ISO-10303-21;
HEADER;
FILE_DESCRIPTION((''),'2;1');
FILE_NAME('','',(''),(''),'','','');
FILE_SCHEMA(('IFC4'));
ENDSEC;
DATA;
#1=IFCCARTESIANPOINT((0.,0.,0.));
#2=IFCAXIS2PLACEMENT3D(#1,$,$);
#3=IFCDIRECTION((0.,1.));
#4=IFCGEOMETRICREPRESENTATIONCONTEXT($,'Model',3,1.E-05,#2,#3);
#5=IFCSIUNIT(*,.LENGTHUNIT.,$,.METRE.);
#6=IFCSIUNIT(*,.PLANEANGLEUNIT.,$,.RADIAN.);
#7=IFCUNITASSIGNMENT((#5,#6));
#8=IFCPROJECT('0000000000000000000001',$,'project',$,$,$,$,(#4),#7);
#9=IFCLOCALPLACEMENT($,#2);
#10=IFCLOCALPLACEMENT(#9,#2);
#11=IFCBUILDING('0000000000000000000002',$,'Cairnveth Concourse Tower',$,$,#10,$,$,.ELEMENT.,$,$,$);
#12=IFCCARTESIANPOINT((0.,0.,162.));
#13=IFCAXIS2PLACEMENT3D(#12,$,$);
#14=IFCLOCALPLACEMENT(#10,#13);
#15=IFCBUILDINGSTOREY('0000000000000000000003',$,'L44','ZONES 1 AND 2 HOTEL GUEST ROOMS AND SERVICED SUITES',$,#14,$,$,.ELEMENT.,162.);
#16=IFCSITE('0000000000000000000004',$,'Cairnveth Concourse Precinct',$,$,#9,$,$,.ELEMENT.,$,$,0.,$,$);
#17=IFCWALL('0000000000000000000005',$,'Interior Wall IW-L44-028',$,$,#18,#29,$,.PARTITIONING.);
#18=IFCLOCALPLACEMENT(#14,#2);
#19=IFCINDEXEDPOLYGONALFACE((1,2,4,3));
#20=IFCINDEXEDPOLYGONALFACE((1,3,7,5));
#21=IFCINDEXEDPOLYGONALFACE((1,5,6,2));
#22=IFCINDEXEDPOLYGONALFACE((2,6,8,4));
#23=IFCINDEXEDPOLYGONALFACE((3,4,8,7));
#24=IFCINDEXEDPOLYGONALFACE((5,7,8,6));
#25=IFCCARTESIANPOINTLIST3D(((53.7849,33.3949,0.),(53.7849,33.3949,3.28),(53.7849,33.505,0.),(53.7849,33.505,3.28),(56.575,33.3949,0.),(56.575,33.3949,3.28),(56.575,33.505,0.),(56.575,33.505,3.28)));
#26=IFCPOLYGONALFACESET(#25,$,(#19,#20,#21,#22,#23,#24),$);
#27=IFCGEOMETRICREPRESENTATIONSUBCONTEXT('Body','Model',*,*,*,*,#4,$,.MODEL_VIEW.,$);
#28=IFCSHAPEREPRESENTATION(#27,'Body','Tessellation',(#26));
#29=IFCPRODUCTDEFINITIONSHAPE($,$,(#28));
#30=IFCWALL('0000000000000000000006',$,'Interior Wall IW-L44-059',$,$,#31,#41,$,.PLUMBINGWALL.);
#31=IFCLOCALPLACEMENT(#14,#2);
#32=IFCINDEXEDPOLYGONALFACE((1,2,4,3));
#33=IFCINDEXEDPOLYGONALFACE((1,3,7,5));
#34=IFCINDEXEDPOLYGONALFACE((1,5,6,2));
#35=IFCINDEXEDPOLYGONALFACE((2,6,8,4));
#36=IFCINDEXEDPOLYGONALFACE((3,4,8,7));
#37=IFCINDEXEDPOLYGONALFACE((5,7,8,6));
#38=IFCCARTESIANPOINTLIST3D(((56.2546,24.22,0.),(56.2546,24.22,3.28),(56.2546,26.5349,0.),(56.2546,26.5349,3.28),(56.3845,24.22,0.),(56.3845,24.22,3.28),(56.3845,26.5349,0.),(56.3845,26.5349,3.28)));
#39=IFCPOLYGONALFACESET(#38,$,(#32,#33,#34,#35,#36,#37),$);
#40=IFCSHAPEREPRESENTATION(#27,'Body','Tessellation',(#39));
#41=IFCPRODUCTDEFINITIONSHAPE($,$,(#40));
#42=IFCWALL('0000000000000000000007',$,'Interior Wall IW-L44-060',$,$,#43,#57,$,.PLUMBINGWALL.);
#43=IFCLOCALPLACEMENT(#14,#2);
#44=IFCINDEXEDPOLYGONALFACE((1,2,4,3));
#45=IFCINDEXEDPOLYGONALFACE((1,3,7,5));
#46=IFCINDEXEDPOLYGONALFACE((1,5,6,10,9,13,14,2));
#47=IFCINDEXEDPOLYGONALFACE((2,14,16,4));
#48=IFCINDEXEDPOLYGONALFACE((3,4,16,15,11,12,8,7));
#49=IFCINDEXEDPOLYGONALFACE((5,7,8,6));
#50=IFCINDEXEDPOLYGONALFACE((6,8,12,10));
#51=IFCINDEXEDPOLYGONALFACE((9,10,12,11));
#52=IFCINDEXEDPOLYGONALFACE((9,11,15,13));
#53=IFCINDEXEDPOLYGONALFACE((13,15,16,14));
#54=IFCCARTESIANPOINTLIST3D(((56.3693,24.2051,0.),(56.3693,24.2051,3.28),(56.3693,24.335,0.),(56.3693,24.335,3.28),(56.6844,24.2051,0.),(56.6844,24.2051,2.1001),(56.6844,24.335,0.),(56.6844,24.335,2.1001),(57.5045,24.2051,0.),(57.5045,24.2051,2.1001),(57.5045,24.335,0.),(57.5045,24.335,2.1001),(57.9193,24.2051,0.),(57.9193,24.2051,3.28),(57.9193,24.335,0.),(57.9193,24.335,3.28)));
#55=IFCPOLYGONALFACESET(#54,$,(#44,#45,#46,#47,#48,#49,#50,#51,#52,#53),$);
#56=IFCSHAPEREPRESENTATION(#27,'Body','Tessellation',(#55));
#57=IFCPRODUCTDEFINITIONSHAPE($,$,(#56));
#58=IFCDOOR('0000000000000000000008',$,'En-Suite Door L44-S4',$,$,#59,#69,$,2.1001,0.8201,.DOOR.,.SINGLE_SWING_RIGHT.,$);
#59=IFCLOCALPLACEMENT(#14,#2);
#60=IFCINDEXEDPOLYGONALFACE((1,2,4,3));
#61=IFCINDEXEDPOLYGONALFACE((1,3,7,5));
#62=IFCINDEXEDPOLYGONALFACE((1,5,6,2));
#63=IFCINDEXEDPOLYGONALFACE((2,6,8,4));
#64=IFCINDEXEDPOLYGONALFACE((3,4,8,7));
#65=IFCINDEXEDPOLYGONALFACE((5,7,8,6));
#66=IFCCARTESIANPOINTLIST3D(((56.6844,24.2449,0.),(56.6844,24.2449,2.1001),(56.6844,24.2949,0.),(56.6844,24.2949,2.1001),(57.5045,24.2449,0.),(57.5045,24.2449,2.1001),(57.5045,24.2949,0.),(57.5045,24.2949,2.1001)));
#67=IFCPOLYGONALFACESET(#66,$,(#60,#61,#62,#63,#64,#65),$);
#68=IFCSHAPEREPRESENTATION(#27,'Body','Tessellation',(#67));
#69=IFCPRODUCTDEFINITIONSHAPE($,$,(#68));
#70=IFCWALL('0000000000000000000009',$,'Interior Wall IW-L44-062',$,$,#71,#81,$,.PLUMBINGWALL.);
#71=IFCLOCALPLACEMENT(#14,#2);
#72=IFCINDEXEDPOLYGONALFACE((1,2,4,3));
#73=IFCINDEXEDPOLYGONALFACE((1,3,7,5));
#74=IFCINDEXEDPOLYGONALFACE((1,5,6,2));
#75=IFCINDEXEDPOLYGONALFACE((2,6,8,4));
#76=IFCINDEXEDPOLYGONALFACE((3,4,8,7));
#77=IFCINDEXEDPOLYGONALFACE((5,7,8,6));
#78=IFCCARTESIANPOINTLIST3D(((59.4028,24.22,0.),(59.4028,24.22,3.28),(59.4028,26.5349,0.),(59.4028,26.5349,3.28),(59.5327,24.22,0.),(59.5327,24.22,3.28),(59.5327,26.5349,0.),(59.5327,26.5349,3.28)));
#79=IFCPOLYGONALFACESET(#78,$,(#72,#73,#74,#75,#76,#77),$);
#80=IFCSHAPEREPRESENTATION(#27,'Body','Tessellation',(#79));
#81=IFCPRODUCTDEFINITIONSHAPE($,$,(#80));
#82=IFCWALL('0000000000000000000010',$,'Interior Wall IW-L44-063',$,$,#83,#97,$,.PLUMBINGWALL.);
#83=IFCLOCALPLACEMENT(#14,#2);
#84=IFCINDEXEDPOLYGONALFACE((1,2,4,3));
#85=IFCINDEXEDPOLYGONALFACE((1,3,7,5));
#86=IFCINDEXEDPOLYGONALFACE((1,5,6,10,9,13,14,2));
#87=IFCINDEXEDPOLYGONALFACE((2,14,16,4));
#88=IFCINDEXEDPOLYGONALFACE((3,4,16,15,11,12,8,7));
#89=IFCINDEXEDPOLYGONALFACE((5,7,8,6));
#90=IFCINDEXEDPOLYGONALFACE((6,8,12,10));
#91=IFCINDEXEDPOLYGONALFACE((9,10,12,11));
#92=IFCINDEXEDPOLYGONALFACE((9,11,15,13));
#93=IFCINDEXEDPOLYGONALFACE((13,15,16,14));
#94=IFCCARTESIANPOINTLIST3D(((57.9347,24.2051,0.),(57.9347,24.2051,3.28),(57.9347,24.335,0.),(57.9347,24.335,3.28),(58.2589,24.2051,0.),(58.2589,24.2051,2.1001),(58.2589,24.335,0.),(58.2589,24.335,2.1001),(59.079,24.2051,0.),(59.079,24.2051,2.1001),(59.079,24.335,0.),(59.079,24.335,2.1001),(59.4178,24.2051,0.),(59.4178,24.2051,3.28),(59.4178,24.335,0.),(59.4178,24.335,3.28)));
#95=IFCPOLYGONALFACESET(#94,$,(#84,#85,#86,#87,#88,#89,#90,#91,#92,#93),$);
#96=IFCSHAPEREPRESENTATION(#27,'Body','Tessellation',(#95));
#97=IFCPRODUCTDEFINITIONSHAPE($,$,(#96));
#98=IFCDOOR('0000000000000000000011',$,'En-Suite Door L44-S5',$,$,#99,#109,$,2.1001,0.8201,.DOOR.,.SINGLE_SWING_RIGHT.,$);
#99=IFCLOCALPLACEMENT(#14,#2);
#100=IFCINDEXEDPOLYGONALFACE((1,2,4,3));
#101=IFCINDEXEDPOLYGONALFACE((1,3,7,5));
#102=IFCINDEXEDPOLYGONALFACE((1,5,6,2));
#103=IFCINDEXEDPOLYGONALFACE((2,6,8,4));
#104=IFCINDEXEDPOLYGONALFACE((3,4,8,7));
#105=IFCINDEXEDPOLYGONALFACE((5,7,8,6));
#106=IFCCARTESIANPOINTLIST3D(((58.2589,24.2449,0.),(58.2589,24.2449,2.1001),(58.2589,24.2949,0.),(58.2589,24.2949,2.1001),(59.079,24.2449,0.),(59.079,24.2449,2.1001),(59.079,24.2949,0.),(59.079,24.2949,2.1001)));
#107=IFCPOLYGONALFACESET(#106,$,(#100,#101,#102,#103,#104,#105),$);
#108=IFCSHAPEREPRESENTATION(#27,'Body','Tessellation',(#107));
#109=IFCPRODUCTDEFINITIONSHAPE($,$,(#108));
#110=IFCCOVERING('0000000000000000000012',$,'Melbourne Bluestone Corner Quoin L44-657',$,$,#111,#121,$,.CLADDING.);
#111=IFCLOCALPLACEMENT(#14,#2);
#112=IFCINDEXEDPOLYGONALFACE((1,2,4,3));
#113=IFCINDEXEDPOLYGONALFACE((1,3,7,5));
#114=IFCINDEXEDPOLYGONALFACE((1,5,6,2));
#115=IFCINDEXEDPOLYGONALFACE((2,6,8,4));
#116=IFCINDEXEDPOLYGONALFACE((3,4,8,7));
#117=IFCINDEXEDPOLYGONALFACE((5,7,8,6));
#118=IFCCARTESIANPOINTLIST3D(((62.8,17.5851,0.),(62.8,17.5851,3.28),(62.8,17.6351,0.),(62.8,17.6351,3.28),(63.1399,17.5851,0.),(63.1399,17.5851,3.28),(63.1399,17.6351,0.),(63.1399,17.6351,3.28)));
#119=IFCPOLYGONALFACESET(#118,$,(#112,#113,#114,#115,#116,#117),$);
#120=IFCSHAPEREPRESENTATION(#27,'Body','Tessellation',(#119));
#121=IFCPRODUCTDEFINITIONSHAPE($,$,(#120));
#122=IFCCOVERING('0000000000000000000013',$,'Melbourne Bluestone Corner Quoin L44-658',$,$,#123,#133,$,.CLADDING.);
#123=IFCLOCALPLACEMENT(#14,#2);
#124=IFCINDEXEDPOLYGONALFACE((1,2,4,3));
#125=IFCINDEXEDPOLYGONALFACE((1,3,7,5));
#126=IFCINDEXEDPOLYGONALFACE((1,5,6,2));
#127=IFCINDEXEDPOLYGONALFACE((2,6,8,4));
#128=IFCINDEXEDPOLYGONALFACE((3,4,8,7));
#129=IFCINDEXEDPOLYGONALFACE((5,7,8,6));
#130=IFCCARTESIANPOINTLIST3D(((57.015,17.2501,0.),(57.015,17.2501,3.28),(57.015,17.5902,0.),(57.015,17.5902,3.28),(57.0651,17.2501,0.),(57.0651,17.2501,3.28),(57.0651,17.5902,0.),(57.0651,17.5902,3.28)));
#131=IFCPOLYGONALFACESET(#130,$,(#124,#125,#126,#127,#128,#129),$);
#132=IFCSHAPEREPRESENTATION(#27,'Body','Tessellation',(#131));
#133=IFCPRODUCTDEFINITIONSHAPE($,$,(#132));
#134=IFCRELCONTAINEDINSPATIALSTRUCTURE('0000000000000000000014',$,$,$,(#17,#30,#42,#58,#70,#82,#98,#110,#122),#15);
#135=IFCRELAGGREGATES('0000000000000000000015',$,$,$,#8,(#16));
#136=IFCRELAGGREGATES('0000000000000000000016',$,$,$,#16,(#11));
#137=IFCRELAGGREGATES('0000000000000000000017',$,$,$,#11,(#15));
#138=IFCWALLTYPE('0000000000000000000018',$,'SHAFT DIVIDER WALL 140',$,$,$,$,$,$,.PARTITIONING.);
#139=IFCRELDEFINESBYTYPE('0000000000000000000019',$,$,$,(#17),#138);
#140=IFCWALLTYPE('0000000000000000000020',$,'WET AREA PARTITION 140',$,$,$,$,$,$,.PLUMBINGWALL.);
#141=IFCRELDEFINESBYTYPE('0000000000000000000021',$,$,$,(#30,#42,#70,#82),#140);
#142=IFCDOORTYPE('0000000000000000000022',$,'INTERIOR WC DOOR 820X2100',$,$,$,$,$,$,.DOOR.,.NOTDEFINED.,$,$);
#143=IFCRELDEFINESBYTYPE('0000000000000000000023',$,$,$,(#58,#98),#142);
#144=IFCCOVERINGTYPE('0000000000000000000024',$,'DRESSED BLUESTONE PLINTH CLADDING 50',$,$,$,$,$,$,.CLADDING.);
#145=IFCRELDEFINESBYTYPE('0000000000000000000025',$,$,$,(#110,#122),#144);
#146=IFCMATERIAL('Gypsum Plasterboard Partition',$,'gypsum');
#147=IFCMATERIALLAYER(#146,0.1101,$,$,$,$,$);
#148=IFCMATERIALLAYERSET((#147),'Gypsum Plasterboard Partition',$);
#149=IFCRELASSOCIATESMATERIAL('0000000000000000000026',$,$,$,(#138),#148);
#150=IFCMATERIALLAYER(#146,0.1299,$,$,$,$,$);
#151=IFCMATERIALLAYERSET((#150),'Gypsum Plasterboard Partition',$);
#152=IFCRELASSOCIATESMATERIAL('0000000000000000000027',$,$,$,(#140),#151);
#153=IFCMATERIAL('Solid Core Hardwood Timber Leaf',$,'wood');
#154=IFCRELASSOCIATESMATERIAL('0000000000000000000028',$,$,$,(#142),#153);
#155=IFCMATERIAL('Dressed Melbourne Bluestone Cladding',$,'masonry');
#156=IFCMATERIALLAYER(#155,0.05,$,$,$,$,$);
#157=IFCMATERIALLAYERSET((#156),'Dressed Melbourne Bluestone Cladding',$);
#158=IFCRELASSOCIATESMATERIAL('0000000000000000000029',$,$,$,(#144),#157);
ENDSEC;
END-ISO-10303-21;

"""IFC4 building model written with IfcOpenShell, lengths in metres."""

from ifc_helpers import new_model, si_unit, direction, frame, frame_2d, origin, place, context, subcontext, project, spatial, rectangle, extrude, material, layer, layer_set, type_object, element, fill, save


model = new_model("IFC4")

# Units and contexts
model_context = context("Model", 3, precision=1e-05, world=origin(), true_north=direction((0.0, 1.0)))
body_context = subcontext(model_context, "Body", "Model", "MODEL_VIEW")
ifc_project = project(units=[si_unit("LENGTHUNIT", "METRE"), si_unit("PLANEANGLEUNIT", "RADIAN")], contexts=[model_context])

# Site, building, storey
site_placement = place(None, origin())
site = spatial("IfcSite", under=ifc_project, at=site_placement, Name="Cairnveth Concourse Precinct", CompositionType="ELEMENT", RefElevation=0.0)
building_placement = place(site_placement, origin())
building = spatial("IfcBuilding", under=site, at=building_placement, Name="Cairnveth Concourse Tower", CompositionType="ELEMENT")
storey_placement = place(building_placement, frame((0.0, 0.0, 162.0)))
storey = spatial("IfcBuildingStorey", under=building, at=storey_placement, Name="L44", Description="ZONES 1 AND 2 HOTEL GUEST ROOMS AND SERVICED SUITES", CompositionType="ELEMENT", Elevation=162.0)

# Shared definitions
ifc_material_1 = material(Name="Gypsum Plasterboard Partition", Category="gypsum")

# Walls
ifc_layer_1 = layer(ifc_material_1, 0.1101)
ifc_layer_set_1 = layer_set([ifc_layer_1], Name="Gypsum Plasterboard Partition")
wall_type_1 = type_object("IfcWallType", Name="SHAFT DIVIDER WALL 140", PredefinedType="PARTITIONING", material=ifc_layer_set_1)
wall_1_placement = place(storey_placement, frame((53.7849, 33.45, 0.0), z_axis=(0.0, 0.0, 1.0), x_axis=(1.0, 0.0, 0.0)))
element("IfcWall", 1, at=wall_1_placement, inside=storey, type_object=wall_type_1, Name="Interior Wall IW-L44-028", PredefinedType="PARTITIONING", context=body_context, shape_type="SweptSolid", body=[
    extrude(rectangle(XDim=2.79, YDim=0.1101, at=frame_2d((1.395, 0.0))), origin(), (0.0, 0.0, 1.0), 3.28),
])
ifc_layer_2 = layer(ifc_material_1, 0.1299)
ifc_layer_set_2 = layer_set([ifc_layer_2], Name="Gypsum Plasterboard Partition")
wall_type_2 = type_object("IfcWallType", Name="WET AREA PARTITION 140", PredefinedType="PLUMBINGWALL", material=ifc_layer_set_2)
wall_2_placement = place(storey_placement, frame((56.3196, 24.22, 0.0), z_axis=(0.0, 0.0, 1.0), x_axis=(0.0, 1.0, 0.0)))
element("IfcWall", 2, at=wall_2_placement, inside=storey, type_object=wall_type_2, Name="Interior Wall IW-L44-059", PredefinedType="PLUMBINGWALL", context=body_context, shape_type="SweptSolid", body=[
    extrude(rectangle(XDim=2.3149, YDim=0.1299, at=frame_2d((1.1575, 0.0))), origin(), (0.0, 0.0, 1.0), 3.28),
])

# Wall, opening, door
wall_3_placement = place(storey_placement, frame((56.3694, 24.27, 0.0), z_axis=(0.0, 0.0, 1.0), x_axis=(1.0, 0.0, 0.0)))
wall_3 = element("IfcWall", 3, at=wall_3_placement, inside=storey, type_object=wall_type_2, Name="Interior Wall IW-L44-060", PredefinedType="PLUMBINGWALL", context=body_context, shape_type="SweptSolid", body=[
    extrude(rectangle(XDim=1.55, YDim=0.1299, at=frame_2d((0.7749, 0.0))), origin(), (0.0, 0.0, 1.0), 3.28),
])
opening_1_placement = place(wall_3_placement, frame((0.3149, 0.0, 0.0)))
opening_1 = element("IfcOpeningElement", 4, at=opening_1_placement, cuts=wall_3, PredefinedType="OPENING", context=body_context, shape_type="SweptSolid", body=[
    extrude(rectangle(XDim=0.8201, YDim=2.1001, at=frame_2d((0.4102, 1.05))), frame((0.0, 0.075, 0.0), z_axis=(0.0, -1.0, 0.0), x_axis=(1.0, 0.0, 0.0)), (0.0, 0.0, 1.0), 0.1499),
])
ifc_material_2 = material(Name="Solid Core Hardwood Timber Leaf", Category="wood")
door_type_1 = type_object("IfcDoorType", Name="INTERIOR WC DOOR 820X2100", OperationType="NOTDEFINED", PredefinedType="DOOR", material=ifc_material_2)
door_1_placement = place(opening_1_placement, origin())
door_1 = element("IfcDoor", 5, at=door_1_placement, inside=storey, type_object=door_type_1, Name="En-Suite Door L44-S4", OperationType="SINGLE_SWING_RIGHT", OverallHeight=2.1001, OverallWidth=0.8201, PredefinedType="DOOR", context=body_context, shape_type="SweptSolid", body=[
    extrude(rectangle(XDim=0.8201, YDim=2.1001, at=frame_2d((0.4102, 1.05))), frame((0.0, 0.0249, 0.0), z_axis=(0.0, -1.0, 0.0), x_axis=(1.0, 0.0, 0.0)), (0.0, 0.0, 1.0), 0.05),
])
fill(opening_1, door_1)

# Wall
wall_4_placement = place(storey_placement, frame((59.4678, 24.22, 0.0), z_axis=(0.0, 0.0, 1.0), x_axis=(0.0, 1.0, 0.0)))
element("IfcWall", 6, at=wall_4_placement, inside=storey, type_object=wall_type_2, Name="Interior Wall IW-L44-062", PredefinedType="PLUMBINGWALL", context=body_context, shape_type="SweptSolid", body=[
    extrude(rectangle(XDim=2.3149, YDim=0.1299, at=frame_2d((1.1575, 0.0))), origin(), (0.0, 0.0, 1.0), 3.28),
])

# Wall, opening, door
wall_5_placement = place(storey_placement, frame((57.9346, 24.27, 0.0), z_axis=(0.0, 0.0, 1.0), x_axis=(1.0, 0.0, 0.0)))
wall_5 = element("IfcWall", 7, at=wall_5_placement, inside=storey, type_object=wall_type_2, Name="Interior Wall IW-L44-063", PredefinedType="PLUMBINGWALL", context=body_context, shape_type="SweptSolid", body=[
    extrude(rectangle(XDim=1.4832, YDim=0.1299, at=frame_2d((0.7417, 0.0))), origin(), (0.0, 0.0, 1.0), 3.28),
])
opening_2_placement = place(wall_5_placement, frame((0.3242, 0.0, 0.0)))
opening_2 = element("IfcOpeningElement", 8, at=opening_2_placement, cuts=wall_5, PredefinedType="OPENING", context=body_context, shape_type="SweptSolid", body=[
    extrude(rectangle(XDim=0.8201, YDim=2.1001, at=frame_2d((0.4102, 1.05))), frame((0.0, 0.075, 0.0), z_axis=(0.0, -1.0, 0.0), x_axis=(1.0, 0.0, 0.0)), (0.0, 0.0, 1.0), 0.1499),
])
door_2_placement = place(opening_2_placement, origin())
door_2 = element("IfcDoor", 9, at=door_2_placement, inside=storey, type_object=door_type_1, Name="En-Suite Door L44-S5", OperationType="SINGLE_SWING_RIGHT", OverallHeight=2.1001, OverallWidth=0.8201, PredefinedType="DOOR", context=body_context, shape_type="SweptSolid", body=[
    extrude(rectangle(XDim=0.8201, YDim=2.1001, at=frame_2d((0.4102, 1.05))), frame((0.0, 0.0249, 0.0), z_axis=(0.0, -1.0, 0.0), x_axis=(1.0, 0.0, 0.0)), (0.0, 0.0, 1.0), 0.05),
])
fill(opening_2, door_2)

# Coverings
ifc_material_3 = material(Name="Dressed Melbourne Bluestone Cladding", Category="masonry")
ifc_layer_3 = layer(ifc_material_3, 0.05)
ifc_layer_set_3 = layer_set([ifc_layer_3], Name="Dressed Melbourne Bluestone Cladding")
covering_type = type_object("IfcCoveringType", Name="DRESSED BLUESTONE PLINTH CLADDING 50", PredefinedType="CLADDING", material=ifc_layer_set_3)
covering_1_placement = place(storey_placement, frame((63.1399, 17.6101, 0.0), z_axis=(0.0, 0.0, 1.0), x_axis=(-1.0, 0.0, 0.0)))
element("IfcCovering", 10, at=covering_1_placement, inside=storey, type_object=covering_type, Name="Melbourne Bluestone Corner Quoin L44-657", PredefinedType="CLADDING", context=body_context, shape_type="SweptSolid", body=[
    extrude(rectangle(XDim=0.3398, YDim=0.05, at=frame_2d((0.1699, 0.0))), origin(), (0.0, 0.0, 1.0), 3.28),
])
covering_2_placement = place(storey_placement, frame((57.04, 17.5901, 0.0), z_axis=(0.0, 0.0, 1.0), x_axis=(0.0, -1.0, 0.0)))
element("IfcCovering", 11, at=covering_2_placement, inside=storey, type_object=covering_type, Name="Melbourne Bluestone Corner Quoin L44-658", PredefinedType="CLADDING", context=body_context, shape_type="SweptSolid", body=[
    extrude(rectangle(XDim=0.3401, YDim=0.05, at=frame_2d((0.1699, 0.0))), origin(), (0.0, 0.0, 1.0), 3.28),
])

save(model, "model.ifc")
